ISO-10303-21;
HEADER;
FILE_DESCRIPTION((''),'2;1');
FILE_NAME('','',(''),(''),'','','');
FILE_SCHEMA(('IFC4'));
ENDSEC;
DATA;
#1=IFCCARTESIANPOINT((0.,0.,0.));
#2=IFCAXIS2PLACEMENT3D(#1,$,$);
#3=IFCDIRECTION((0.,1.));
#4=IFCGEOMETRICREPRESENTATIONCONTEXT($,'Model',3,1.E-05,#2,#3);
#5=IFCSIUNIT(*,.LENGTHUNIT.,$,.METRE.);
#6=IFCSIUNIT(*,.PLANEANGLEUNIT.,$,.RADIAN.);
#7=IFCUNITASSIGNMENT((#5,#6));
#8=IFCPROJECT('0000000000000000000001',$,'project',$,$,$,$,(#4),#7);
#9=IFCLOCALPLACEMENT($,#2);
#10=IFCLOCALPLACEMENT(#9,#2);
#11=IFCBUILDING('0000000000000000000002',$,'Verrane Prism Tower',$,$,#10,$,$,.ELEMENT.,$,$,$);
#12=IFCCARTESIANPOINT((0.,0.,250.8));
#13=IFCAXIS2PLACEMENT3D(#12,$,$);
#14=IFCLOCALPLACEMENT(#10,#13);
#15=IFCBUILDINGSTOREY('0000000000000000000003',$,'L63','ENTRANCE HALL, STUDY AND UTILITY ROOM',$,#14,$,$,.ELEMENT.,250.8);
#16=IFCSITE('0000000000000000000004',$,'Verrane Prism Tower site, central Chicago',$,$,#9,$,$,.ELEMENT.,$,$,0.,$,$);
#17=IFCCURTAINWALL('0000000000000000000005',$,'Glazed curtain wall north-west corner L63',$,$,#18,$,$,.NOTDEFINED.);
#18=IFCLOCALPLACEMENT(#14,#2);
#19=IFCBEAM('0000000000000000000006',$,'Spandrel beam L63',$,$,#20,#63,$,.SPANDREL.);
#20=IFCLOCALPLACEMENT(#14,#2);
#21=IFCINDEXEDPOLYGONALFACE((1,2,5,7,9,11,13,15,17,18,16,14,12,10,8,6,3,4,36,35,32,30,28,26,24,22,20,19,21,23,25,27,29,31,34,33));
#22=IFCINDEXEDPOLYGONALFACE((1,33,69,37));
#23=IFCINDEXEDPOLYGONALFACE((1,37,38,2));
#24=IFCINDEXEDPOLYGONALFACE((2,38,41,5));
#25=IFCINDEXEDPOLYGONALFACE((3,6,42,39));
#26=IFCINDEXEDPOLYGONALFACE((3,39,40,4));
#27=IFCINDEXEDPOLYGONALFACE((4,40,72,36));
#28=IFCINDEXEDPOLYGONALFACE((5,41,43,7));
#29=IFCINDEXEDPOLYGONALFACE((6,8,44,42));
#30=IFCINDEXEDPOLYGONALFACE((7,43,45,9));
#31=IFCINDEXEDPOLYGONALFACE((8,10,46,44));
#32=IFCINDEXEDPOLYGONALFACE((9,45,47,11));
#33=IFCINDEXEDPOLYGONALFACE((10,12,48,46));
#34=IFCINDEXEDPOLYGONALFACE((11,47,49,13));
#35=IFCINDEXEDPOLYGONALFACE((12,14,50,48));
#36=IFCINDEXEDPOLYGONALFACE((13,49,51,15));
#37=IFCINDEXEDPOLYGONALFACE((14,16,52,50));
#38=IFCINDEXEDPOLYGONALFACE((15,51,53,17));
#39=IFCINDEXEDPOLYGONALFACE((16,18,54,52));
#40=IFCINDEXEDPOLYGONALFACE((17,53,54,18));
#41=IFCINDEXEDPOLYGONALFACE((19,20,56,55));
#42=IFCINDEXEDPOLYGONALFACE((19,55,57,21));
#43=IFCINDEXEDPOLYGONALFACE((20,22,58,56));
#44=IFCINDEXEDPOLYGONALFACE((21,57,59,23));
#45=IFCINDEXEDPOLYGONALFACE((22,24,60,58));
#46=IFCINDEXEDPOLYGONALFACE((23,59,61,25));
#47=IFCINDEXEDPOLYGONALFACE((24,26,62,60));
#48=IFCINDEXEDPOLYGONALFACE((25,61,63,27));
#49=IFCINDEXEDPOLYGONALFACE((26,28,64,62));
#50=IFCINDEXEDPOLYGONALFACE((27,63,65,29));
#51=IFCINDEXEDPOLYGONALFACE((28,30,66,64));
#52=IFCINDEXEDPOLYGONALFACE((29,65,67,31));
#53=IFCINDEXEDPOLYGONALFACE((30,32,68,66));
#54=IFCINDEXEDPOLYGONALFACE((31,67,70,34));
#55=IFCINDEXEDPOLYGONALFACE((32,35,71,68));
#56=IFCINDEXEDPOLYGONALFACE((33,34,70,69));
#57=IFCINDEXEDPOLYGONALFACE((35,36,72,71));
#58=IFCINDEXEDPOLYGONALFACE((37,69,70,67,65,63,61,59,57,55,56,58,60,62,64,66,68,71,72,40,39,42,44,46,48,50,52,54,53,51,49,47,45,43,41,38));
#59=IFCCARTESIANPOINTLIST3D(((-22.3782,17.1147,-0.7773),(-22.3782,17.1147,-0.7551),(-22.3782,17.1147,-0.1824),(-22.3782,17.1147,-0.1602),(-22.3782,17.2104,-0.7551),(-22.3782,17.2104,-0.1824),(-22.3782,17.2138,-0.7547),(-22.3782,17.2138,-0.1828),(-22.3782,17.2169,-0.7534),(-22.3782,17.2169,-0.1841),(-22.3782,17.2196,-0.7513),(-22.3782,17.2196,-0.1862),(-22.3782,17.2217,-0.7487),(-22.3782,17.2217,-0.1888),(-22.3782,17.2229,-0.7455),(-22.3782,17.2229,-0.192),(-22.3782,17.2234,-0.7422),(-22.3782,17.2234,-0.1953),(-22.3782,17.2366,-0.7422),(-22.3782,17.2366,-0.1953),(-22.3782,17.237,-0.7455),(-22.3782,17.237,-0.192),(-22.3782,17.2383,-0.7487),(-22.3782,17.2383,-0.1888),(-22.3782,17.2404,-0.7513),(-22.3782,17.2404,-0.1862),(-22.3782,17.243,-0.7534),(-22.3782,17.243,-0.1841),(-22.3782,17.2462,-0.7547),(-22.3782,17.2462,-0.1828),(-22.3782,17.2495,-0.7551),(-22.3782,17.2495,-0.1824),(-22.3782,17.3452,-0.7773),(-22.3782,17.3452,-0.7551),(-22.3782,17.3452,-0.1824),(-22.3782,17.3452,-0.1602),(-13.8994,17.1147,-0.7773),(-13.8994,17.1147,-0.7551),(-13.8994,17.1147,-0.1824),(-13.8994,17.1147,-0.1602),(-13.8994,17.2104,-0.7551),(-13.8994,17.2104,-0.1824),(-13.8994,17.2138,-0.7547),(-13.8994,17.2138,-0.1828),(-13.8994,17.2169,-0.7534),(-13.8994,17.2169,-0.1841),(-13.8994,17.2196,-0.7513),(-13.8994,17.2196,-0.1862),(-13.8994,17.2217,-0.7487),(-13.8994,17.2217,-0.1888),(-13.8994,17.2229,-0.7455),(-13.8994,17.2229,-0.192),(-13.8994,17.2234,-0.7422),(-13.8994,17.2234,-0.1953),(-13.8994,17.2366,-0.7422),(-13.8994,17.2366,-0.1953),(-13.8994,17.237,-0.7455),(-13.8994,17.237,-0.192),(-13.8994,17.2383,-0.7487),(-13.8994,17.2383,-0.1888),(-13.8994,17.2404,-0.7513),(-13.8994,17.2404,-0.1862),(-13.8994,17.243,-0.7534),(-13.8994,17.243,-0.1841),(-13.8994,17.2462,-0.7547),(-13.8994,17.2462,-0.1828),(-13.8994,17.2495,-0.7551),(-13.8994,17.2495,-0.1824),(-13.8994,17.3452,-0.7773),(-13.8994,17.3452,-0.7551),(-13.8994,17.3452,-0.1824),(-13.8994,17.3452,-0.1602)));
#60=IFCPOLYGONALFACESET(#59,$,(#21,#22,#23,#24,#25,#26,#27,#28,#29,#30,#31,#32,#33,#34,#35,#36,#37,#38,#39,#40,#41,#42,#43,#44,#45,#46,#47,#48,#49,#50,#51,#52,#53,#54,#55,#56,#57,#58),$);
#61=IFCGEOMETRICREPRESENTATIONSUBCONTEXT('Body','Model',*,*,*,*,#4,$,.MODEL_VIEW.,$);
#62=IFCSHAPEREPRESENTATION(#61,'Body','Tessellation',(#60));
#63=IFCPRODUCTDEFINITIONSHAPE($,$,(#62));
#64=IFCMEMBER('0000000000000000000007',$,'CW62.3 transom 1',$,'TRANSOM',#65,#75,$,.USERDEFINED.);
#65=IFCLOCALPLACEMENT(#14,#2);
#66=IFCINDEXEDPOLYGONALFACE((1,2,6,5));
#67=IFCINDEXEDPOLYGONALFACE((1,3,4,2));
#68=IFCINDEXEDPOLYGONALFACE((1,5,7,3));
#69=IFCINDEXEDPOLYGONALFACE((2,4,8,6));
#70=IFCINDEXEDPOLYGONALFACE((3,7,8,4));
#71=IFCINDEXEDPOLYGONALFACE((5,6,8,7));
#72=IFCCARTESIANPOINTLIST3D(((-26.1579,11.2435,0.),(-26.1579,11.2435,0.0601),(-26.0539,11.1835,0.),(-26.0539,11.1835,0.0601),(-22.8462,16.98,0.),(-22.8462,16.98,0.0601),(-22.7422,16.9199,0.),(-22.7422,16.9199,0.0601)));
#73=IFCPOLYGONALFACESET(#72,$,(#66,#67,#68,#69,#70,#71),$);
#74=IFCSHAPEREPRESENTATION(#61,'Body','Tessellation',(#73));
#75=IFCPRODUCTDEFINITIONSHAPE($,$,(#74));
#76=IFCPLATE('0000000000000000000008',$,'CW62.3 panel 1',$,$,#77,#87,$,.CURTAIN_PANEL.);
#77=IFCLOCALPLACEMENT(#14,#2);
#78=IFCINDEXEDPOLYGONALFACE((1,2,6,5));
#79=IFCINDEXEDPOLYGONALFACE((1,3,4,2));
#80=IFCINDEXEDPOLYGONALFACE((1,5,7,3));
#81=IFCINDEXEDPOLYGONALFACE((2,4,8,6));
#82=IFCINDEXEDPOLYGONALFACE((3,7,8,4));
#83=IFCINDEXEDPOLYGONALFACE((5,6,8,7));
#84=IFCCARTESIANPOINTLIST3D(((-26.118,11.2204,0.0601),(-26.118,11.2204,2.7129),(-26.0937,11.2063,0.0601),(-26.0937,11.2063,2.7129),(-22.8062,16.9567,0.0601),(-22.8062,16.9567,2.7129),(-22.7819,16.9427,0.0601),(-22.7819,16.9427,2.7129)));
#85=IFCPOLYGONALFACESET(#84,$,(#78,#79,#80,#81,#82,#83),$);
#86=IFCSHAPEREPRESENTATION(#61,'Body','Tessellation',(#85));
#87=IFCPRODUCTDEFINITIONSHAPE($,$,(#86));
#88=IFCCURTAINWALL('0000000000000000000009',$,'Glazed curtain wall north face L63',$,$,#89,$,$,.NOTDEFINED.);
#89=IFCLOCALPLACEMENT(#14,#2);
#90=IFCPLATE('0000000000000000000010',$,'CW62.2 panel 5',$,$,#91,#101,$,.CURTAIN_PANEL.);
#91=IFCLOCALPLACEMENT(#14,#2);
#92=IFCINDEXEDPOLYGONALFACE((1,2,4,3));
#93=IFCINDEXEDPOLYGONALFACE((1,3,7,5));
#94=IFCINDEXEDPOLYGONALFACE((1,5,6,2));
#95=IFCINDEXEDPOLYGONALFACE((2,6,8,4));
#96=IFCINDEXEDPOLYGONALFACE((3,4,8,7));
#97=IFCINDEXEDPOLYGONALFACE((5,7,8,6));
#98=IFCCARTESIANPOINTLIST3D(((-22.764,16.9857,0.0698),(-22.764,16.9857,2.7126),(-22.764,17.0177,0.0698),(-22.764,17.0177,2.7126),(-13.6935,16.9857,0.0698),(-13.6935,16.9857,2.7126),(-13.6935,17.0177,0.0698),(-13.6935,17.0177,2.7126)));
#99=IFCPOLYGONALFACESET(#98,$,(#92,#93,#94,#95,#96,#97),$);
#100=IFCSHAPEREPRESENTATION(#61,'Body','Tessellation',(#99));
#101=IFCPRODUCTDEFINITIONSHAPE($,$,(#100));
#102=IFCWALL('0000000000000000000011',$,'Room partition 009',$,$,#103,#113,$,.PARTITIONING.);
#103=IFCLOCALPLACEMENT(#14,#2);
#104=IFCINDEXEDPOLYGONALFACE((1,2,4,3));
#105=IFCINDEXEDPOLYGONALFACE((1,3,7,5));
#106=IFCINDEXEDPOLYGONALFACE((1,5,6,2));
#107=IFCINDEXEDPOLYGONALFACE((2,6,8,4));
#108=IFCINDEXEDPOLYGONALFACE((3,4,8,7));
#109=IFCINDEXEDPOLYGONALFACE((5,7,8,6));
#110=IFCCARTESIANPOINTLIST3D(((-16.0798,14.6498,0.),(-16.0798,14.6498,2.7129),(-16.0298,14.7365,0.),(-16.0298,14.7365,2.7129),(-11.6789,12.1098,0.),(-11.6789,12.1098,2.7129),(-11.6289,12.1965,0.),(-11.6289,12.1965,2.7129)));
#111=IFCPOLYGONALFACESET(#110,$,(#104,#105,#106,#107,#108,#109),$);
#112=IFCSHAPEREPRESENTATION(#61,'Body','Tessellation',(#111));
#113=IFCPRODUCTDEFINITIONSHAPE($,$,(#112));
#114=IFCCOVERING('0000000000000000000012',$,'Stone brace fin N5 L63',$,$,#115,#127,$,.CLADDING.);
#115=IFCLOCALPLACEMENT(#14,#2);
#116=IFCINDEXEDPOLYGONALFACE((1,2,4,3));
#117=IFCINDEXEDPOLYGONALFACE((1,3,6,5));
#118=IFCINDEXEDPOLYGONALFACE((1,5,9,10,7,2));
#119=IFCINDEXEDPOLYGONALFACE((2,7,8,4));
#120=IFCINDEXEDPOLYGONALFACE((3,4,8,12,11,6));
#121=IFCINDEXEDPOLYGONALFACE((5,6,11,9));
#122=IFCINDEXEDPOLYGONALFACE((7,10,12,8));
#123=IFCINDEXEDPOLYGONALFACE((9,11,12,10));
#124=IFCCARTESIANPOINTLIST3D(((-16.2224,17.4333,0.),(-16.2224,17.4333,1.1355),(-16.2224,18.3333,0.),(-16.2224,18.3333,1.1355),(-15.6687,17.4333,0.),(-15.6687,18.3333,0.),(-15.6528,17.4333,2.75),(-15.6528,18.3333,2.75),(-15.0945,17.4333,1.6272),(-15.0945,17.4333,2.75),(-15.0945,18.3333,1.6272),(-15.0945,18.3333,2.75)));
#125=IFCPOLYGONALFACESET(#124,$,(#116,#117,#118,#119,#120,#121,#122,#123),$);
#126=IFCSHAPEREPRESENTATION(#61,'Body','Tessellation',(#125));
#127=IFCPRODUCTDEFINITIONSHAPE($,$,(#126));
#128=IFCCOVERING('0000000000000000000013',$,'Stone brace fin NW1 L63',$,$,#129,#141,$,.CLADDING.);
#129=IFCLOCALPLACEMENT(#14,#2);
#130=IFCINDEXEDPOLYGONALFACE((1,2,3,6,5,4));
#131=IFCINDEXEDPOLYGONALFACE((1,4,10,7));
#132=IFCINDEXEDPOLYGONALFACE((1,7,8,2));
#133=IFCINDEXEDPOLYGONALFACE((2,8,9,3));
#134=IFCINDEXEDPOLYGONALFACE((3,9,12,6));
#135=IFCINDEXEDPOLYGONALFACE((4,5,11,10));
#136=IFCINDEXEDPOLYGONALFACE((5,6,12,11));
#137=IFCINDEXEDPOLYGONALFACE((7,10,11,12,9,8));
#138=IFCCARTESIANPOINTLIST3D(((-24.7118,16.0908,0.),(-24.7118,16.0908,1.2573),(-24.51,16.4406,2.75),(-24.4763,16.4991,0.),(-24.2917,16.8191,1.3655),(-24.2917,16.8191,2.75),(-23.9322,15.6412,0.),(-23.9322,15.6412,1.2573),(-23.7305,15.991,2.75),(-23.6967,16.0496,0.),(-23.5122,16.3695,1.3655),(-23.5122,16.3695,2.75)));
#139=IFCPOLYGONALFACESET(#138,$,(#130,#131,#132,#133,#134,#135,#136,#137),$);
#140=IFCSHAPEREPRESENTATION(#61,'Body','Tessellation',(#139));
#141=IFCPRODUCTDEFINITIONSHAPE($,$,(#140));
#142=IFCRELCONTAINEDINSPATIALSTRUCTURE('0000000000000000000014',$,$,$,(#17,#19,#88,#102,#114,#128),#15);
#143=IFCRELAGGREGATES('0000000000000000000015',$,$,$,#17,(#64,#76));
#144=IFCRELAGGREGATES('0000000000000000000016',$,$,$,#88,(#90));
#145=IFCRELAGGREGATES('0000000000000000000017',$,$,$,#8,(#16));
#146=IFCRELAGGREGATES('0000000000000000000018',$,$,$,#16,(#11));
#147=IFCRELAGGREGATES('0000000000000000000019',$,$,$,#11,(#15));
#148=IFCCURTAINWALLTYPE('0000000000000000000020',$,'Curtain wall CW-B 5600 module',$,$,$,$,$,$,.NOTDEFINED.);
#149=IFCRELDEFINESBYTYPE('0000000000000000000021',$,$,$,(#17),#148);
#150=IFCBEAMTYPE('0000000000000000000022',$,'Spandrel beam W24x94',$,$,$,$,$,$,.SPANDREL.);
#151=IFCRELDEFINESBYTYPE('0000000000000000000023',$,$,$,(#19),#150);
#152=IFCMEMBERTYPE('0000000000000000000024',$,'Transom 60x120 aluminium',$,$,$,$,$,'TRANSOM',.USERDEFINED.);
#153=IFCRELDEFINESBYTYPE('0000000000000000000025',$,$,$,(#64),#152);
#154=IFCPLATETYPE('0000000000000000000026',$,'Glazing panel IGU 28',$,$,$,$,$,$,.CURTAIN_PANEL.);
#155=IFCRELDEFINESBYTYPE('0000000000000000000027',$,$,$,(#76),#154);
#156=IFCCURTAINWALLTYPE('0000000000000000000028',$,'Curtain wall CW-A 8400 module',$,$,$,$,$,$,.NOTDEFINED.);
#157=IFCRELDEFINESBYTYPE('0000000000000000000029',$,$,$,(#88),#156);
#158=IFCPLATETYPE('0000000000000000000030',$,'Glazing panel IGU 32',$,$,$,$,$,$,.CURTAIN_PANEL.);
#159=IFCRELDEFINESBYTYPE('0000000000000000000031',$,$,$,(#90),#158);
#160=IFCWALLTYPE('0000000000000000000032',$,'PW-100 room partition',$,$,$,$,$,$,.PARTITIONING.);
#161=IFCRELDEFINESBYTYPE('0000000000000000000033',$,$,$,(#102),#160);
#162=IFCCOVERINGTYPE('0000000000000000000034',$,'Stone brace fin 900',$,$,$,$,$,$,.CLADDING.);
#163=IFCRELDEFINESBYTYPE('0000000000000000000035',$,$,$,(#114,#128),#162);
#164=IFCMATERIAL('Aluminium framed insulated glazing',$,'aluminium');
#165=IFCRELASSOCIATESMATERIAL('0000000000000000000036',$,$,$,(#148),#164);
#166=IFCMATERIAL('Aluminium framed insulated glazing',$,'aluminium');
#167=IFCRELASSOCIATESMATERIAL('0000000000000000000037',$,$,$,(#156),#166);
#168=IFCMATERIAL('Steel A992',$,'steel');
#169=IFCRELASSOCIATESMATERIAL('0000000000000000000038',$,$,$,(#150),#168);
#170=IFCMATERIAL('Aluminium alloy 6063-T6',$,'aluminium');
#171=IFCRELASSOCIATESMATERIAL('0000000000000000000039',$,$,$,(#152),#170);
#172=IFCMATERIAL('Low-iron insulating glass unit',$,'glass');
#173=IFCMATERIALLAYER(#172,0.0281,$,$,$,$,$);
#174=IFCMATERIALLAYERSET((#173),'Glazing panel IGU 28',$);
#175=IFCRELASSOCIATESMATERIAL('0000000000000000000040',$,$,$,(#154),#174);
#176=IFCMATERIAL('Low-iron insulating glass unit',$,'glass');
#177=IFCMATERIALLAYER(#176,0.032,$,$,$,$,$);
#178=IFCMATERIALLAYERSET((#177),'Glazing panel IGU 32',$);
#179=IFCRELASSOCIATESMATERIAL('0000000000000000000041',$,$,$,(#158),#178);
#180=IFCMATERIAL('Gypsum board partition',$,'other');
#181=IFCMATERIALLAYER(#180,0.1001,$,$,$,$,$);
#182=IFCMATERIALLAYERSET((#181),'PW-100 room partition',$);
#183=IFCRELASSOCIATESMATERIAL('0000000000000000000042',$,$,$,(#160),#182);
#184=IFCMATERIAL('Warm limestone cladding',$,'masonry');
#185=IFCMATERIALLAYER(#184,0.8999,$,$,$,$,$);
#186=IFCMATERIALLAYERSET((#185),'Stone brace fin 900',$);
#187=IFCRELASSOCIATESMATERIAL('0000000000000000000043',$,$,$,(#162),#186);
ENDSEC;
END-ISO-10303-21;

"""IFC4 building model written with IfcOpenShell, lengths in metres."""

from ifc_helpers import new_model, si_unit, direction, frame, frame_2d, origin, origin_2d, place, context, subcontext, project, spatial, polyline, rectangle, i_section, outline, extrude, material, layer, layer_set, material_profile, profile_set, type_object, element, aggregate, save


model = new_model("IFC4")

# Units and contexts
model_context = context("Model", 3, precision=1e-05, world=origin(), true_north=direction((0.0, 1.0)))
body_context = subcontext(model_context, "Body", "Model", "MODEL_VIEW")
ifc_project = project(units=[si_unit("LENGTHUNIT", "METRE"), si_unit("PLANEANGLEUNIT", "RADIAN")], contexts=[model_context])

# Site, building, storey
site_placement = place(None, origin())
site = spatial("IfcSite", under=ifc_project, at=site_placement, Name="Verrane Prism Tower site, central Chicago", CompositionType="ELEMENT", RefElevation=0.0)
building_placement = place(site_placement, origin())
building = spatial("IfcBuilding", under=site, at=building_placement, Name="Verrane Prism Tower", CompositionType="ELEMENT")
storey_placement = place(building_placement, frame((0.0, 0.0, 250.8)))
storey = spatial("IfcBuildingStorey", under=building, at=storey_placement, Name="L63", Description="ENTRANCE HALL, STUDY AND UTILITY ROOM", CompositionType="ELEMENT", Elevation=250.8)

# Curtain wall
ifc_material_1 = material(Name="Aluminium framed insulated glazing", Category="aluminium")
curtain_wall_type_1 = type_object("IfcCurtainWallType", Name="Curtain wall CW-B 5600 module", PredefinedType="NOTDEFINED", material=ifc_material_1)
curtain_wall_1_placement = place(storey_placement, origin())
curtain_wall_1 = element("IfcCurtainWall", 1, at=curtain_wall_1_placement, inside=storey, type_object=curtain_wall_type_1, Name="Glazed curtain wall north-west corner L63", PredefinedType="NOTDEFINED")
ifc_material_2 = material(Name="Aluminium framed insulated glazing", Category="aluminium")
curtain_wall_type_2 = type_object("IfcCurtainWallType", Name="Curtain wall CW-A 8400 module", PredefinedType="NOTDEFINED", material=ifc_material_2)

# Beam
ifc_material_3 = material(Name="Steel A992", Category="steel")
ifc_material_profile_1 = material_profile(ifc_material_3, i_section(OverallWidth=0.2305, OverallDepth=0.6172, WebThickness=0.0132, FlangeThickness=0.0222, FilletRadius=0.0129, at=origin_2d()), Name="W24x94")
ifc_profile_set_1 = profile_set([ifc_material_profile_1], Name="Steel A992")
beam_type_1 = type_object("IfcBeamType", Name="Spandrel beam W24x94", PredefinedType="SPANDREL", material=ifc_profile_set_1)
beam_1_placement = place(storey_placement, frame((-13.8994, 17.23, -0.4688), z_axis=(-1.0, 0.0, 0.0), x_axis=(0.0, -1.0, 0.0)))
element("IfcBeam", 2, at=beam_1_placement, inside=storey, type_object=beam_type_1, Name="Spandrel beam L63", PredefinedType="SPANDREL", context=body_context, shape_type="SweptSolid", body=[
    extrude(i_section(OverallWidth=0.2305, OverallDepth=0.6172, WebThickness=0.0132, FlangeThickness=0.0222, FilletRadius=0.0129, at=origin_2d()), origin(), (0.0, 0.0, 1.0), 8.4788),
])

# Member
ifc_material_4 = material(Name="Aluminium alloy 6063-T6", Category="aluminium")
ifc_material_profile_2 = material_profile(ifc_material_4, rectangle(XDim=0.1201, YDim=0.0601, at=origin_2d()), Name="Transom 60x120 aluminium")
ifc_profile_set_2 = profile_set([ifc_material_profile_2], Name="Aluminium alloy 6063-T6")
member_type_1 = type_object("IfcMemberType", Name="Transom 60x120 aluminium", ElementType="TRANSOM", PredefinedType="USERDEFINED", material=ifc_profile_set_2)
member_1_placement = place(storey_placement, frame((-22.7942, 16.95, 0.03), z_axis=(-0.499972, -0.866041, 0.0), x_axis=(0.866041, -0.499972, 0.0)))
member_1 = element("IfcMember", 3, at=member_1_placement, type_object=member_type_1, Name="CW62.3 transom 1", ObjectType="TRANSOM", PredefinedType="USERDEFINED", context=body_context, shape_type="SweptSolid", body=[
    extrude(rectangle(XDim=0.1201, YDim=0.0601, at=origin_2d()), origin(), (0.0, 0.0, 1.0), 6.6238),
])

# Plate
ifc_material_5 = material(Name="Low-iron insulating glass unit", Category="glass")
ifc_layer_1 = layer(ifc_material_5, 0.0281)
ifc_layer_set_1 = layer_set([ifc_layer_1], Name="Glazing panel IGU 28")
plate_type_1 = type_object("IfcPlateType", Name="Glazing panel IGU 28", PredefinedType="CURTAIN_PANEL", material=ifc_layer_set_1)
plate_1_placement = place(storey_placement, frame((-24.45, 14.0815, 0.0601), z_axis=(0.0, 0.0, 1.0), x_axis=(-0.499996, -0.866028, 0.0)))
plate_1 = element("IfcPlate", 4, at=plate_1_placement, type_object=plate_type_1, Name="CW62.3 panel 1", PredefinedType="CURTAIN_PANEL", context=body_context, shape_type="SweptSolid", body=[
    extrude(rectangle(XDim=6.6238, YDim=0.0281, at=origin_2d()), origin(), (0.0, 0.0, 1.0), 2.6528),
])
aggregate(curtain_wall_1, [member_1, plate_1])

# Curtain wall, plate
curtain_wall_2_placement = place(storey_placement, origin())
curtain_wall_2 = element("IfcCurtainWall", 5, at=curtain_wall_2_placement, inside=storey, type_object=curtain_wall_type_2, Name="Glazed curtain wall north face L63", PredefinedType="NOTDEFINED")
ifc_material_6 = material(Name="Low-iron insulating glass unit", Category="glass")
ifc_layer_2 = layer(ifc_material_6, 0.032)
ifc_layer_set_2 = layer_set([ifc_layer_2], Name="Glazing panel IGU 32")
plate_type_2 = type_object("IfcPlateType", Name="Glazing panel IGU 32", PredefinedType="CURTAIN_PANEL", material=ifc_layer_set_2)
plate_2_placement = place(storey_placement, frame((-18.2288, 17.0017, 0.0698), z_axis=(0.0, 0.0, 1.0), x_axis=(-1.0, 0.0, 0.0)))
plate_2 = element("IfcPlate", 6, at=plate_2_placement, type_object=plate_type_2, Name="CW62.2 panel 5", PredefinedType="CURTAIN_PANEL", context=body_context, shape_type="SweptSolid", body=[
    extrude(rectangle(XDim=9.0706, YDim=0.032, at=origin_2d()), origin(), (0.0, 0.0, 1.0), 2.6428),
])
aggregate(curtain_wall_2, [plate_2])

# Wall
ifc_material_7 = material(Name="Gypsum board partition", Category="other")
ifc_layer_3 = layer(ifc_material_7, 0.1001)
ifc_layer_set_3 = layer_set([ifc_layer_3], Name="PW-100 room partition")
wall_type = type_object("IfcWallType", Name="PW-100 room partition", PredefinedType="PARTITIONING", material=ifc_layer_set_3)
wall_placement = place(storey_placement, frame((-16.0547, 14.6931, 0.0), z_axis=(0.0, 0.0, 1.0), x_axis=(0.866094, -0.499881, 0.0)))
element("IfcWall", 7, at=wall_placement, inside=storey, type_object=wall_type, Name="Room partition 009", PredefinedType="PARTITIONING", context=body_context, shape_type="SweptSolid", body=[
    extrude(rectangle(XDim=5.0813, YDim=0.1001, at=frame_2d((2.5405, 0.0))), origin(), (0.0, 0.0, 1.0), 2.7129),
])

# Coverings
ifc_material_8 = material(Name="Warm limestone cladding", Category="masonry")
ifc_layer_4 = layer(ifc_material_8, 0.8999)
ifc_layer_set_4 = layer_set([ifc_layer_4], Name="Stone brace fin 900")
covering_type = type_object("IfcCoveringType", Name="Stone brace fin 900", PredefinedType="CLADDING", material=ifc_layer_set_4)
covering_1_placement = place(storey_placement, frame((-16.2224, 17.8833, 0.0), z_axis=(0.0, 0.0, 1.0), x_axis=(1.0, 0.0, 0.0)))
element("IfcCovering", 8, at=covering_1_placement, inside=storey, type_object=covering_type, Name="Stone brace fin N5 L63", PredefinedType="CLADDING", context=body_context, shape_type="SweptSolid", body=[
    extrude(outline(polyline([(1.1279, 2.75), (0.5696, 2.75), (0.0, 1.1355), (0.0, 0.0), (0.5537, 0.0), (1.1279, 1.6272), (1.1279, 2.75)])), frame((0.0, 0.45, 0.0), z_axis=(0.0, -1.0, 0.0), x_axis=(1.0, 0.0, 0.0)), (0.0, 0.0, 1.0), 0.8999),
])
covering_2_placement = place(storey_placement, frame((-24.322, 15.866, 0.0), z_axis=(0.0, 0.0, 1.0), x_axis=(0.499605, 0.866253, 0.0)))
element("IfcCovering", 9, at=covering_2_placement, inside=storey, type_object=covering_type, Name="Stone brace fin NW1 L63", PredefinedType="CLADDING", context=body_context, shape_type="SweptSolid", body=[
    extrude(outline(polyline([(0.8408, 2.75), (0.4038, 2.75), (0.0, 1.2573), (0.0, 0.0), (0.4714, 0.0), (0.8408, 1.3655), (0.8408, 2.75)])), frame((0.0, 0.45, 0.0), z_axis=(0.0, -1.0, 0.0), x_axis=(1.0, 0.0, 0.0)), (0.0, 0.0, 1.0), 0.8999),
])

save(model, "model.ifc")
